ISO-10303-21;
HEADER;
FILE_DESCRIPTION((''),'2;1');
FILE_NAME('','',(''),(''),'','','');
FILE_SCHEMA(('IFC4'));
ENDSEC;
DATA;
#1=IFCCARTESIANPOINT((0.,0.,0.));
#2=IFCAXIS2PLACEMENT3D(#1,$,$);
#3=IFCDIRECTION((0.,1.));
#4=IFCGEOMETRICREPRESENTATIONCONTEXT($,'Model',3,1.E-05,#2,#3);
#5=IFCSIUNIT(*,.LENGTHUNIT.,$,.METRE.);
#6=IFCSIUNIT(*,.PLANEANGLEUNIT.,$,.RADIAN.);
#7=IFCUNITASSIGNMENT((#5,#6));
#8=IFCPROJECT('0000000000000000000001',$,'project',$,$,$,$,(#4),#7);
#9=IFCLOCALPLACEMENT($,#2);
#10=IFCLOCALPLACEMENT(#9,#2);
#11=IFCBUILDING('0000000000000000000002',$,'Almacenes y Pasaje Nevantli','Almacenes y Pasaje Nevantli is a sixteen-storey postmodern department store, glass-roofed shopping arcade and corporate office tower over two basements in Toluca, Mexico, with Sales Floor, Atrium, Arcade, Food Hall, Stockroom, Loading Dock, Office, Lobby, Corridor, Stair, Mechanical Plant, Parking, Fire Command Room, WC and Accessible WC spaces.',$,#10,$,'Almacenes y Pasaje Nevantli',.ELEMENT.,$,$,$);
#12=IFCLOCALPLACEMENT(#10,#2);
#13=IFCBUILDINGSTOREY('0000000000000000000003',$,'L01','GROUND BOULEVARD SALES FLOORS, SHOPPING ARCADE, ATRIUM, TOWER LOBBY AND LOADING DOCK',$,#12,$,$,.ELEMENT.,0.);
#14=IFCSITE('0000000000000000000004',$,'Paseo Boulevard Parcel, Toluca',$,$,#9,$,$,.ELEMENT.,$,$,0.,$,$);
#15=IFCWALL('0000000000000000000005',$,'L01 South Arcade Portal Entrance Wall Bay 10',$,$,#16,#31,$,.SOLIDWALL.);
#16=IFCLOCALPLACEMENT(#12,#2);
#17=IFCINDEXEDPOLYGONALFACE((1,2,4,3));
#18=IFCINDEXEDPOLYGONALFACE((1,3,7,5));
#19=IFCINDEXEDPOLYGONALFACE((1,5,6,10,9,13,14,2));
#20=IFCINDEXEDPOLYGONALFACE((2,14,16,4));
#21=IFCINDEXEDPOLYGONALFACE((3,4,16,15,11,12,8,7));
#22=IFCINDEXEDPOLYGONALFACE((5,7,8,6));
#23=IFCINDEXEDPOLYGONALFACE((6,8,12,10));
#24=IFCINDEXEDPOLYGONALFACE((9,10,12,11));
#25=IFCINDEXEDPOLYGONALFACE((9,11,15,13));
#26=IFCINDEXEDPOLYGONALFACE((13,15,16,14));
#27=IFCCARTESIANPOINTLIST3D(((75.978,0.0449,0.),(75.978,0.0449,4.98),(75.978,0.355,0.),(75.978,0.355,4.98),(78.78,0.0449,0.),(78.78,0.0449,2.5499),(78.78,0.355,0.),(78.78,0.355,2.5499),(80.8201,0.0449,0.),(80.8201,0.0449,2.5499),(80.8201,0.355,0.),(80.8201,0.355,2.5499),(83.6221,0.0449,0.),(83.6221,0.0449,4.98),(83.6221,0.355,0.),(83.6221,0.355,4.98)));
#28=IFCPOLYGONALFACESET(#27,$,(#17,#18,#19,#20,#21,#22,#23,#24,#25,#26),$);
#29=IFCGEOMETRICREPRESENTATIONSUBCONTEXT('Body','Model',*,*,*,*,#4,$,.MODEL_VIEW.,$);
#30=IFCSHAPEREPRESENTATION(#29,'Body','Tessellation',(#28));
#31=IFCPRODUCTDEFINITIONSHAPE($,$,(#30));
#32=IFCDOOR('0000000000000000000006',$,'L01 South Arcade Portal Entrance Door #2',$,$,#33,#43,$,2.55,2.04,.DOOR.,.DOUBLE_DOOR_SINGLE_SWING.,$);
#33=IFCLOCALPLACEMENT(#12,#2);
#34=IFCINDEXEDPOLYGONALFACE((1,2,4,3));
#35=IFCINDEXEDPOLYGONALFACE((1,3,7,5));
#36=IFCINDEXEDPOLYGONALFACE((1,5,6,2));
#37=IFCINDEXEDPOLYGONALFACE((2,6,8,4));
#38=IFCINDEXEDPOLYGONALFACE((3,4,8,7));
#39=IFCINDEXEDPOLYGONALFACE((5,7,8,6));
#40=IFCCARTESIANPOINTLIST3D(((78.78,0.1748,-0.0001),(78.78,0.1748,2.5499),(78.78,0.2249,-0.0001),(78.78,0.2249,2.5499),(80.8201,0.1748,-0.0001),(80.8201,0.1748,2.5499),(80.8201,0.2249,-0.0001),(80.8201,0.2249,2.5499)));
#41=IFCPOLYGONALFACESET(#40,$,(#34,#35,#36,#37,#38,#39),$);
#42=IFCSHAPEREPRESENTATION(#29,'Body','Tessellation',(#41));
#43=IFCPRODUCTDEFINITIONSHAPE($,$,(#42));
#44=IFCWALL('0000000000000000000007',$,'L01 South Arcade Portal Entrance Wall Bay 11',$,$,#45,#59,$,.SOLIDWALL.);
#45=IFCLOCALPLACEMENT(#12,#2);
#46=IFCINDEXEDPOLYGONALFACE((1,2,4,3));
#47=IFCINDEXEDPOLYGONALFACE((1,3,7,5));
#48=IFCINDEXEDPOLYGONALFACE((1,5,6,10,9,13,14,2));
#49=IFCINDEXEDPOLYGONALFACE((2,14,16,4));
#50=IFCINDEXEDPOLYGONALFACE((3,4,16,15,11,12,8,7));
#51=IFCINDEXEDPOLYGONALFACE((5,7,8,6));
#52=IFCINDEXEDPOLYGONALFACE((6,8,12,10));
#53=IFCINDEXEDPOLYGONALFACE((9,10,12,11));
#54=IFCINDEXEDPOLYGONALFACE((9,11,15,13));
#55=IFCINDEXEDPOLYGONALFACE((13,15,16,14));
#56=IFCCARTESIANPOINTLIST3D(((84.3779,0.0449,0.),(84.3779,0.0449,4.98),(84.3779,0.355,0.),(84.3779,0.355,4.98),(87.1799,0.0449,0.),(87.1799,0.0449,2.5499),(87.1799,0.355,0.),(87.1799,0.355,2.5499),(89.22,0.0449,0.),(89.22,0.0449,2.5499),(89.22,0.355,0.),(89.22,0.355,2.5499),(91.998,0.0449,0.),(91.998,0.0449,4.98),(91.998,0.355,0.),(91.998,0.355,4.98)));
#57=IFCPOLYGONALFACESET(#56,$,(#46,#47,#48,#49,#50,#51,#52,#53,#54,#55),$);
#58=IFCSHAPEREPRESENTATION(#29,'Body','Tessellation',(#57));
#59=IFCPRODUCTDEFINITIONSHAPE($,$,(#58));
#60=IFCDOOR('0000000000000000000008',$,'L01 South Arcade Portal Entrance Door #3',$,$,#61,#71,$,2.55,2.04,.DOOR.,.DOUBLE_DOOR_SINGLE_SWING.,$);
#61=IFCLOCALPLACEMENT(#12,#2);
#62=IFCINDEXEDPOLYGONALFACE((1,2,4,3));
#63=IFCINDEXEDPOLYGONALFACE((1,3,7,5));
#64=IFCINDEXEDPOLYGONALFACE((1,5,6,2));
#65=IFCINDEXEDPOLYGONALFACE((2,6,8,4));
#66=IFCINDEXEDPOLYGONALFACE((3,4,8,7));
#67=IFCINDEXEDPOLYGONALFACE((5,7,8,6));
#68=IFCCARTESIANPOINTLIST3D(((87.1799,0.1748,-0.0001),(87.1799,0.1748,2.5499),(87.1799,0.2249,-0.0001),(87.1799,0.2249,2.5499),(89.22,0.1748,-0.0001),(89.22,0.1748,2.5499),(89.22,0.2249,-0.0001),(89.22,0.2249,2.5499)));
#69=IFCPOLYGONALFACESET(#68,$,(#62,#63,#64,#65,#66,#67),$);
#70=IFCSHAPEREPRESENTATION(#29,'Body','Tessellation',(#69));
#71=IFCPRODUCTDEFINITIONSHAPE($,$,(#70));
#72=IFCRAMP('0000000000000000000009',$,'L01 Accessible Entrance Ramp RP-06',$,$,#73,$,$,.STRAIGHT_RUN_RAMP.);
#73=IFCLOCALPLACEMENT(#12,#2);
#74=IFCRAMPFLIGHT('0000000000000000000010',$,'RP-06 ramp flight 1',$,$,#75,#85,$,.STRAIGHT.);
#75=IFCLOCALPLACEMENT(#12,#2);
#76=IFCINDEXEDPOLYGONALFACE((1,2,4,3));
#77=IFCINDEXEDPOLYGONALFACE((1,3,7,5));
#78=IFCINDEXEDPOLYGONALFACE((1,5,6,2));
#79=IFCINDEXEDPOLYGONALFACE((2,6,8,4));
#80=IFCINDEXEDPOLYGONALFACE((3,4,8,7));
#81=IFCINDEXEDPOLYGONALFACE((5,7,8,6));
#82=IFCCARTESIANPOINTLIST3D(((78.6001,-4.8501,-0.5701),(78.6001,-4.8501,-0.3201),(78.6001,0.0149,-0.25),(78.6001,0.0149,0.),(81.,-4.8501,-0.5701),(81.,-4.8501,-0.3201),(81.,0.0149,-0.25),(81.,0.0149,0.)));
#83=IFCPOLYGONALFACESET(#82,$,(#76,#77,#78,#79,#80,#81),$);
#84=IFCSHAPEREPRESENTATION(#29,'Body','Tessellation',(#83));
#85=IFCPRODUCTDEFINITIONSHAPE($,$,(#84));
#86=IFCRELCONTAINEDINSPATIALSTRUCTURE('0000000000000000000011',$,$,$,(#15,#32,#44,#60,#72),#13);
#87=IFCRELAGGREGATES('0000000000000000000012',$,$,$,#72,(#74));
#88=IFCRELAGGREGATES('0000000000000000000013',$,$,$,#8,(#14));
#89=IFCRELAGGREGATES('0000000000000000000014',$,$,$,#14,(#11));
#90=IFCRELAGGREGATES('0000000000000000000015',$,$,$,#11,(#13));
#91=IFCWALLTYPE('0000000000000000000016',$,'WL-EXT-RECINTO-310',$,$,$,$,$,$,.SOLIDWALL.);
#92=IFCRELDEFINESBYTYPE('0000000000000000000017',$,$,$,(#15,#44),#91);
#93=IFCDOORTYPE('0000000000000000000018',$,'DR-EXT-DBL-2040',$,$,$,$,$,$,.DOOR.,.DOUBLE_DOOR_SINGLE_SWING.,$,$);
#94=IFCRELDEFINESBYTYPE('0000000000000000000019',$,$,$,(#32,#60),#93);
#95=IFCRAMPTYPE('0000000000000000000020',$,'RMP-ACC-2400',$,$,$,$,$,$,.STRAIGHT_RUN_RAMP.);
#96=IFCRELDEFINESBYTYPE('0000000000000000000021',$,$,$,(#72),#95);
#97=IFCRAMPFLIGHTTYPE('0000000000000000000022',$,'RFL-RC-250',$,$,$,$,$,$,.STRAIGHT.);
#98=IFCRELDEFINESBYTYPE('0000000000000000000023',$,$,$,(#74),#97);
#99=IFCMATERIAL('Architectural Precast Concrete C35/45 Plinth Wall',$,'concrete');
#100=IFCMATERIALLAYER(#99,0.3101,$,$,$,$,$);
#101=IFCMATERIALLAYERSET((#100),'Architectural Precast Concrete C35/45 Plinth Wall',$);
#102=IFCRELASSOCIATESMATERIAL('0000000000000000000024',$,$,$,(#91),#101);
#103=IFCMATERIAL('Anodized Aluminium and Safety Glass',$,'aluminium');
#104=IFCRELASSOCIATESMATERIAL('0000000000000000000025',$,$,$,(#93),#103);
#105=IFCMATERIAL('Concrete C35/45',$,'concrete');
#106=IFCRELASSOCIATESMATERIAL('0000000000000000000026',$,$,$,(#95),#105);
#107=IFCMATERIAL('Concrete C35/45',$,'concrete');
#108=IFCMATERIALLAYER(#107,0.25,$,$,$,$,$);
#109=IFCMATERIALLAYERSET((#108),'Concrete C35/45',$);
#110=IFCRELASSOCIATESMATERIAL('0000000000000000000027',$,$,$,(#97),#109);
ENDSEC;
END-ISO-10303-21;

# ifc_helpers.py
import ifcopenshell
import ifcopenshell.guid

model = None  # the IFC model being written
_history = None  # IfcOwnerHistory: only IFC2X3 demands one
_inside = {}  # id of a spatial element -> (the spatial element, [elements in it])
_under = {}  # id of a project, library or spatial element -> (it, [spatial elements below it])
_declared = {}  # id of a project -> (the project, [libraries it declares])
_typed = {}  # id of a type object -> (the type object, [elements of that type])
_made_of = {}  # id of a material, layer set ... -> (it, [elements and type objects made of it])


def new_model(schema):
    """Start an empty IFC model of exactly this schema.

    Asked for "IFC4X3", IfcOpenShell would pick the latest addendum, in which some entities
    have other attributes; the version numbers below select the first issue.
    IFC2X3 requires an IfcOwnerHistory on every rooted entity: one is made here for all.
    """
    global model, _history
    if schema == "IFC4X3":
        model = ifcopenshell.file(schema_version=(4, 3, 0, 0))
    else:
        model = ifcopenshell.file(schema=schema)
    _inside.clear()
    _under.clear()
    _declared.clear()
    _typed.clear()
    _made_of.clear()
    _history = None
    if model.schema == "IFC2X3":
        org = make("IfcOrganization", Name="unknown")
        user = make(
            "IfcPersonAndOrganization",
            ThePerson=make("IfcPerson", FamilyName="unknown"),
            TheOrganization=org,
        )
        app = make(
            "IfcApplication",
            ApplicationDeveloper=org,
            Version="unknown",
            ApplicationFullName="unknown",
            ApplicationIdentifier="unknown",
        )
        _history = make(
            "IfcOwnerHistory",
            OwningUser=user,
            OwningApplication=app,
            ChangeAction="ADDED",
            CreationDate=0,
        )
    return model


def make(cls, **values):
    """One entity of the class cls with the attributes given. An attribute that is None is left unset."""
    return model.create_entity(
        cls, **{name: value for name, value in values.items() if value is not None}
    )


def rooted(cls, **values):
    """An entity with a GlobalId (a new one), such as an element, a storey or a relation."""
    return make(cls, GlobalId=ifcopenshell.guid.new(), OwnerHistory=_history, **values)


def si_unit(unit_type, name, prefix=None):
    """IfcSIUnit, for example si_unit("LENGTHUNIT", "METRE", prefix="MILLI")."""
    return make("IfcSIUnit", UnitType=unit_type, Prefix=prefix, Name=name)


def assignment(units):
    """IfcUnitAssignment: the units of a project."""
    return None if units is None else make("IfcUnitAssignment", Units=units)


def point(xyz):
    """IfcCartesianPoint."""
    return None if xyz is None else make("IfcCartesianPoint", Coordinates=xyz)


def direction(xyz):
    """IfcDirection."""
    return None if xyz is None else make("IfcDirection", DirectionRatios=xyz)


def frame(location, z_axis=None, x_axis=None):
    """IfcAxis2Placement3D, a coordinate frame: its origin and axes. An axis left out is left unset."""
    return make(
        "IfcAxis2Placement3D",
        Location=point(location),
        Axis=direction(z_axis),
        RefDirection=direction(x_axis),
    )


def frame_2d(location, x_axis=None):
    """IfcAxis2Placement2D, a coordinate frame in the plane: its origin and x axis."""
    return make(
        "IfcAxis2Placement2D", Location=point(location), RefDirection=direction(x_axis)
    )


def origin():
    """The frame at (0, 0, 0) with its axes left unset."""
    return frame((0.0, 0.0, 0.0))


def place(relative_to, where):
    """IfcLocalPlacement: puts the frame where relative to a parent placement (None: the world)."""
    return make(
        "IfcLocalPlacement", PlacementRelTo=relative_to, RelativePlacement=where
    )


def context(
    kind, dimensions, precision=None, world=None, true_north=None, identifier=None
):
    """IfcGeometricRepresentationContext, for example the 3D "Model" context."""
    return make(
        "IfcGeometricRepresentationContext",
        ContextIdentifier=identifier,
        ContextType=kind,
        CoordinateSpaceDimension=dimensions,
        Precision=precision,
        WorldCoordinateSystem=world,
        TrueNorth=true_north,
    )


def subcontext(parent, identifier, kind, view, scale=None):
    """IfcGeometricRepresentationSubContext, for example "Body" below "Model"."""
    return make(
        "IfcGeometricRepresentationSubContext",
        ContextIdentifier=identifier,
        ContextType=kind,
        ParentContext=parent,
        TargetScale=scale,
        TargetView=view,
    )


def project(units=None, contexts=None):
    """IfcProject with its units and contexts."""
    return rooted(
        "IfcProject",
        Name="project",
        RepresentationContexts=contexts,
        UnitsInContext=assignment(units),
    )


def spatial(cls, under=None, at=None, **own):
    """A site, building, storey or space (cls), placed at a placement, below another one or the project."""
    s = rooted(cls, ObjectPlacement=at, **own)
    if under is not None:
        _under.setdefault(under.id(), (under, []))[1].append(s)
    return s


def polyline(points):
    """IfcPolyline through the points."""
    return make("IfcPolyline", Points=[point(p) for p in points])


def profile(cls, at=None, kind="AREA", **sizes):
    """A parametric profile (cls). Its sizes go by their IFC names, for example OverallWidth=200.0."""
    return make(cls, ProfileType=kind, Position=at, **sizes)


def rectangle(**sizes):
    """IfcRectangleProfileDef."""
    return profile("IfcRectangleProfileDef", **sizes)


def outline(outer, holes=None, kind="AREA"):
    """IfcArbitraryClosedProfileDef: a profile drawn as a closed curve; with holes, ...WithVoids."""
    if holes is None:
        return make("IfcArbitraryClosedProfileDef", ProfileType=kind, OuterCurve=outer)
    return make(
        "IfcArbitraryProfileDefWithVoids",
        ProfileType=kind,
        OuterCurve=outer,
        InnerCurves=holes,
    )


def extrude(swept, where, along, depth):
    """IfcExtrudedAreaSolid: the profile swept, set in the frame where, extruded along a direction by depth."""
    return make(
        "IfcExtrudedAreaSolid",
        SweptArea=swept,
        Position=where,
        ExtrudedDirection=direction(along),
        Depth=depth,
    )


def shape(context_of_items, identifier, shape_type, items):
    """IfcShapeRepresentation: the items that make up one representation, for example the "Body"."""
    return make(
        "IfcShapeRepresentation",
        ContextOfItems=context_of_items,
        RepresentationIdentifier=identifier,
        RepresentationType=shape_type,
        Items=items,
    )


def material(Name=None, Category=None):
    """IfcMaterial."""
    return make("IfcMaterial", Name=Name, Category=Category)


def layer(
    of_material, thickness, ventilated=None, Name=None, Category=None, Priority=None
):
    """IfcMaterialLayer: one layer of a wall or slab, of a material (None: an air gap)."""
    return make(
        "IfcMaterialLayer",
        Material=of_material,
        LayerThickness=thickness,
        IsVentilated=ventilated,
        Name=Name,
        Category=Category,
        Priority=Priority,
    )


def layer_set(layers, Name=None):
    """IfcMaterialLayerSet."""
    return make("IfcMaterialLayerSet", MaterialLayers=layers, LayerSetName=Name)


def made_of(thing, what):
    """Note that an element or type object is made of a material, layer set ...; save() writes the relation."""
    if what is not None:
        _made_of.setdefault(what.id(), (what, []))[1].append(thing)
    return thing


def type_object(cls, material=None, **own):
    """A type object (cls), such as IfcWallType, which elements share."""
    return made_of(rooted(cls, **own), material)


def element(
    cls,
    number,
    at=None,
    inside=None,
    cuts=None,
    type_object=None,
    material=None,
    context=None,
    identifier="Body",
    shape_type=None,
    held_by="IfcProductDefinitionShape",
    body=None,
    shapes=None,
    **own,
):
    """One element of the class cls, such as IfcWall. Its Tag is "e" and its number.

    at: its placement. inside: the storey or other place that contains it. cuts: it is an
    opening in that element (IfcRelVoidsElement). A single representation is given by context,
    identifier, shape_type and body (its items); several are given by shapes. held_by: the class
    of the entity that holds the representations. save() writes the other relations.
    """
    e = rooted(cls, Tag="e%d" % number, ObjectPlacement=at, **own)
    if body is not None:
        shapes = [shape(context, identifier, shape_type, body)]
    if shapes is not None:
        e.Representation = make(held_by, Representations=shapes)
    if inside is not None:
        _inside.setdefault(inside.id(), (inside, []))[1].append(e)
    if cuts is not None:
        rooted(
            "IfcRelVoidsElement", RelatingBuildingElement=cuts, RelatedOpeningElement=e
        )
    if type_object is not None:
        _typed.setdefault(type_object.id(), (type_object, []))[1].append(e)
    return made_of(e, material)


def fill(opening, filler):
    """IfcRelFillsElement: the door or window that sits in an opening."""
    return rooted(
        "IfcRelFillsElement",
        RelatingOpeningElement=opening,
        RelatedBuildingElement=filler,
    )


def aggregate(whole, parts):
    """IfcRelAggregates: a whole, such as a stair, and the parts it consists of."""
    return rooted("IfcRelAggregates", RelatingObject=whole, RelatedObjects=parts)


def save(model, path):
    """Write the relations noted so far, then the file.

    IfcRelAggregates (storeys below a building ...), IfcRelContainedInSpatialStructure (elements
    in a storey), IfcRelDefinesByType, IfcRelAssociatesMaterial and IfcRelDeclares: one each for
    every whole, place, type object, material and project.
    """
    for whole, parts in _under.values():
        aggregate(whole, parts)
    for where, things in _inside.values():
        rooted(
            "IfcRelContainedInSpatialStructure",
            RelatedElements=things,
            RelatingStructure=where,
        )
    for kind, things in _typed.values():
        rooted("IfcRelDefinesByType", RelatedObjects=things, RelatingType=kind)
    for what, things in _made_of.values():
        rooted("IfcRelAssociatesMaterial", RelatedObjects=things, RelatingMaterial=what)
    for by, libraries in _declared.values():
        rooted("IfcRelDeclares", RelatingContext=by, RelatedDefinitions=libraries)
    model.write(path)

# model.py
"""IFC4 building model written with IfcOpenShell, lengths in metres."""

from ifc_helpers import new_model, si_unit, direction, frame, frame_2d, origin, place, context, subcontext, project, spatial, polyline, rectangle, outline, extrude, material, layer, layer_set, type_object, element, fill, aggregate, save


model = new_model("IFC4")

# Units and contexts
model_context = context("Model", 3, precision=1e-05, world=origin(), true_north=direction((0.0, 1.0)))
body_context = subcontext(model_context, "Body", "Model", "MODEL_VIEW")
ifc_project = project(units=[si_unit("LENGTHUNIT", "METRE"), si_unit("PLANEANGLEUNIT", "RADIAN")], contexts=[model_context])

# Site, building, storey
site_placement = place(None, origin())
site = spatial("IfcSite", under=ifc_project, at=site_placement, Name="Paseo Boulevard Parcel, Toluca", CompositionType="ELEMENT", RefElevation=0.0)
building_placement = place(site_placement, origin())
building = spatial("IfcBuilding", under=site, at=building_placement, Name="Almacenes y Pasaje Nevantli", Description="Almacenes y Pasaje Nevantli is a sixteen-storey postmodern department store, glass-roofed shopping arcade and corporate office tower over two basements in Toluca, Mexico, with Sales Floor, Atrium, Arcade, Food Hall, Stockroom, Loading Dock, Office, Lobby, Corridor, Stair, Mechanical Plant, Parking, Fire Command Room, WC and Accessible WC spaces.", LongName="Almacenes y Pasaje Nevantli", CompositionType="ELEMENT")
storey_placement = place(building_placement, origin())
storey = spatial("IfcBuildingStorey", under=building, at=storey_placement, Name="L01", Description="GROUND BOULEVARD SALES FLOORS, SHOPPING ARCADE, ATRIUM, TOWER LOBBY AND LOADING DOCK", CompositionType="ELEMENT", Elevation=0.0)

# Walls, openings, doors
ifc_material_1 = material(Name="Architectural Precast Concrete C35/45 Plinth Wall", Category="concrete")
ifc_layer_1 = layer(ifc_material_1, 0.3101)
ifc_layer_set_1 = layer_set([ifc_layer_1], Name="Architectural Precast Concrete C35/45 Plinth Wall")
wall_type = type_object("IfcWallType", Name="WL-EXT-RECINTO-310", PredefinedType="SOLIDWALL", material=ifc_layer_set_1)
ifc_material_2 = material(Name="Anodized Aluminium and Safety Glass", Category="aluminium")
door_type = type_object("IfcDoorType", Name="DR-EXT-DBL-2040", OperationType="DOUBLE_DOOR_SINGLE_SWING", PredefinedType="DOOR", material=ifc_material_2)
wall_1_placement = place(storey_placement, frame((75.978, 0.2, 0.0), z_axis=(0.0, 0.0, 1.0), x_axis=(1.0, 0.0, 0.0)))
wall_1 = element("IfcWall", 1, at=wall_1_placement, inside=storey, type_object=wall_type, Name="L01 South Arcade Portal Entrance Wall Bay 10", PredefinedType="SOLIDWALL", context=body_context, shape_type="SweptSolid", body=[
    extrude(rectangle(XDim=7.644, YDim=0.3101, at=frame_2d((3.822, 0.0))), origin(), (0.0, 0.0, 1.0), 4.98),
])
opening_1_placement = place(wall_1_placement, frame((2.802, 0.0, 0.0)))
opening_1 = element("IfcOpeningElement", 2, at=opening_1_placement, cuts=wall_1, PredefinedType="OPENING", context=body_context, shape_type="SweptSolid", body=[
    extrude(rectangle(XDim=2.04, YDim=2.55, at=frame_2d((1.02, 1.2749))), frame((0.0, 0.165, 0.0), z_axis=(0.0, -1.0, 0.0), x_axis=(1.0, 0.0, 0.0)), (0.0, 0.0, 1.0), 0.3301),
])
door_1_placement = place(opening_1_placement, origin())
door_1 = element("IfcDoor", 3, at=door_1_placement, inside=storey, type_object=door_type, Name="L01 South Arcade Portal Entrance Door #2", OperationType="DOUBLE_DOOR_SINGLE_SWING", OverallHeight=2.55, OverallWidth=2.04, PredefinedType="DOOR", context=body_context, shape_type="SweptSolid", body=[
    extrude(rectangle(XDim=2.04, YDim=2.55, at=frame_2d((1.02, 1.2749))), frame((0.0, 0.0249, 0.0), z_axis=(0.0, -1.0, 0.0), x_axis=(1.0, 0.0, 0.0)), (0.0, 0.0, 1.0), 0.05),
])
fill(opening_1, door_1)
wall_2_placement = place(storey_placement, frame((84.3779, 0.2, 0.0), z_axis=(0.0, 0.0, 1.0), x_axis=(1.0, 0.0, 0.0)))
wall_2 = element("IfcWall", 4, at=wall_2_placement, inside=storey, type_object=wall_type, Name="L01 South Arcade Portal Entrance Wall Bay 11", PredefinedType="SOLIDWALL", context=body_context, shape_type="SweptSolid", body=[
    extrude(rectangle(XDim=7.6201, YDim=0.3101, at=frame_2d((3.8101, 0.0))), origin(), (0.0, 0.0, 1.0), 4.98),
])
opening_2_placement = place(wall_2_placement, frame((2.802, 0.0, 0.0)))
opening_2 = element("IfcOpeningElement", 5, at=opening_2_placement, cuts=wall_2, PredefinedType="OPENING", context=body_context, shape_type="SweptSolid", body=[
    extrude(rectangle(XDim=2.04, YDim=2.55, at=frame_2d((1.02, 1.2749))), frame((0.0, 0.165, 0.0), z_axis=(0.0, -1.0, 0.0), x_axis=(1.0, 0.0, 0.0)), (0.0, 0.0, 1.0), 0.3301),
])
door_2_placement = place(opening_2_placement, origin())
door_2 = element("IfcDoor", 6, at=door_2_placement, inside=storey, type_object=door_type, Name="L01 South Arcade Portal Entrance Door #3", OperationType="DOUBLE_DOOR_SINGLE_SWING", OverallHeight=2.55, OverallWidth=2.04, PredefinedType="DOOR", context=body_context, shape_type="SweptSolid", body=[
    extrude(rectangle(XDim=2.04, YDim=2.55, at=frame_2d((1.02, 1.2749))), frame((0.0, 0.0249, 0.0), z_axis=(0.0, -1.0, 0.0), x_axis=(1.0, 0.0, 0.0)), (0.0, 0.0, 1.0), 0.05),
])
fill(opening_2, door_2)

# Ramp, ramp flight
ifc_material_3 = material(Name="Concrete C35/45", Category="concrete")
ramp_type = type_object("IfcRampType", Name="RMP-ACC-2400", PredefinedType="STRAIGHT_RUN_RAMP", material=ifc_material_3)
ramp_placement = place(storey_placement, origin())
ramp = element("IfcRamp", 7, at=ramp_placement, inside=storey, type_object=ramp_type, Name="L01 Accessible Entrance Ramp RP-06", PredefinedType="STRAIGHT_RUN_RAMP")
ifc_material_4 = material(Name="Concrete C35/45", Category="concrete")
ifc_layer_2 = layer(ifc_material_4, 0.25)
ifc_layer_set_2 = layer_set([ifc_layer_2], Name="Concrete C35/45")
ramp_flight_type = type_object("IfcRampFlightType", Name="RFL-RC-250", PredefinedType="STRAIGHT", material=ifc_layer_set_2)
ramp_flight_placement = place(storey_placement, frame((79.8, -4.8501, -0.3201), z_axis=(0.0, 0.0, 1.0), x_axis=(0.0, 1.0, 0.0)))
ramp_flight = element("IfcRampFlight", 8, at=ramp_flight_placement, type_object=ramp_flight_type, Name="RP-06 ramp flight 1", PredefinedType="STRAIGHT", context=body_context, shape_type="SweptSolid", body=[
    extrude(outline(polyline([(0.0, -0.25), (4.865, 0.0701), (4.865, 0.3201), (0.0, 0.0), (0.0, -0.25)])), frame((0.0, 1.2, 0.0), z_axis=(0.0, -1.0, 0.0), x_axis=(1.0, 0.0, 0.0)), (0.0, 0.0, 1.0), 2.3999),
])
aggregate(ramp, [ramp_flight])

save(model, "model.ifc")
